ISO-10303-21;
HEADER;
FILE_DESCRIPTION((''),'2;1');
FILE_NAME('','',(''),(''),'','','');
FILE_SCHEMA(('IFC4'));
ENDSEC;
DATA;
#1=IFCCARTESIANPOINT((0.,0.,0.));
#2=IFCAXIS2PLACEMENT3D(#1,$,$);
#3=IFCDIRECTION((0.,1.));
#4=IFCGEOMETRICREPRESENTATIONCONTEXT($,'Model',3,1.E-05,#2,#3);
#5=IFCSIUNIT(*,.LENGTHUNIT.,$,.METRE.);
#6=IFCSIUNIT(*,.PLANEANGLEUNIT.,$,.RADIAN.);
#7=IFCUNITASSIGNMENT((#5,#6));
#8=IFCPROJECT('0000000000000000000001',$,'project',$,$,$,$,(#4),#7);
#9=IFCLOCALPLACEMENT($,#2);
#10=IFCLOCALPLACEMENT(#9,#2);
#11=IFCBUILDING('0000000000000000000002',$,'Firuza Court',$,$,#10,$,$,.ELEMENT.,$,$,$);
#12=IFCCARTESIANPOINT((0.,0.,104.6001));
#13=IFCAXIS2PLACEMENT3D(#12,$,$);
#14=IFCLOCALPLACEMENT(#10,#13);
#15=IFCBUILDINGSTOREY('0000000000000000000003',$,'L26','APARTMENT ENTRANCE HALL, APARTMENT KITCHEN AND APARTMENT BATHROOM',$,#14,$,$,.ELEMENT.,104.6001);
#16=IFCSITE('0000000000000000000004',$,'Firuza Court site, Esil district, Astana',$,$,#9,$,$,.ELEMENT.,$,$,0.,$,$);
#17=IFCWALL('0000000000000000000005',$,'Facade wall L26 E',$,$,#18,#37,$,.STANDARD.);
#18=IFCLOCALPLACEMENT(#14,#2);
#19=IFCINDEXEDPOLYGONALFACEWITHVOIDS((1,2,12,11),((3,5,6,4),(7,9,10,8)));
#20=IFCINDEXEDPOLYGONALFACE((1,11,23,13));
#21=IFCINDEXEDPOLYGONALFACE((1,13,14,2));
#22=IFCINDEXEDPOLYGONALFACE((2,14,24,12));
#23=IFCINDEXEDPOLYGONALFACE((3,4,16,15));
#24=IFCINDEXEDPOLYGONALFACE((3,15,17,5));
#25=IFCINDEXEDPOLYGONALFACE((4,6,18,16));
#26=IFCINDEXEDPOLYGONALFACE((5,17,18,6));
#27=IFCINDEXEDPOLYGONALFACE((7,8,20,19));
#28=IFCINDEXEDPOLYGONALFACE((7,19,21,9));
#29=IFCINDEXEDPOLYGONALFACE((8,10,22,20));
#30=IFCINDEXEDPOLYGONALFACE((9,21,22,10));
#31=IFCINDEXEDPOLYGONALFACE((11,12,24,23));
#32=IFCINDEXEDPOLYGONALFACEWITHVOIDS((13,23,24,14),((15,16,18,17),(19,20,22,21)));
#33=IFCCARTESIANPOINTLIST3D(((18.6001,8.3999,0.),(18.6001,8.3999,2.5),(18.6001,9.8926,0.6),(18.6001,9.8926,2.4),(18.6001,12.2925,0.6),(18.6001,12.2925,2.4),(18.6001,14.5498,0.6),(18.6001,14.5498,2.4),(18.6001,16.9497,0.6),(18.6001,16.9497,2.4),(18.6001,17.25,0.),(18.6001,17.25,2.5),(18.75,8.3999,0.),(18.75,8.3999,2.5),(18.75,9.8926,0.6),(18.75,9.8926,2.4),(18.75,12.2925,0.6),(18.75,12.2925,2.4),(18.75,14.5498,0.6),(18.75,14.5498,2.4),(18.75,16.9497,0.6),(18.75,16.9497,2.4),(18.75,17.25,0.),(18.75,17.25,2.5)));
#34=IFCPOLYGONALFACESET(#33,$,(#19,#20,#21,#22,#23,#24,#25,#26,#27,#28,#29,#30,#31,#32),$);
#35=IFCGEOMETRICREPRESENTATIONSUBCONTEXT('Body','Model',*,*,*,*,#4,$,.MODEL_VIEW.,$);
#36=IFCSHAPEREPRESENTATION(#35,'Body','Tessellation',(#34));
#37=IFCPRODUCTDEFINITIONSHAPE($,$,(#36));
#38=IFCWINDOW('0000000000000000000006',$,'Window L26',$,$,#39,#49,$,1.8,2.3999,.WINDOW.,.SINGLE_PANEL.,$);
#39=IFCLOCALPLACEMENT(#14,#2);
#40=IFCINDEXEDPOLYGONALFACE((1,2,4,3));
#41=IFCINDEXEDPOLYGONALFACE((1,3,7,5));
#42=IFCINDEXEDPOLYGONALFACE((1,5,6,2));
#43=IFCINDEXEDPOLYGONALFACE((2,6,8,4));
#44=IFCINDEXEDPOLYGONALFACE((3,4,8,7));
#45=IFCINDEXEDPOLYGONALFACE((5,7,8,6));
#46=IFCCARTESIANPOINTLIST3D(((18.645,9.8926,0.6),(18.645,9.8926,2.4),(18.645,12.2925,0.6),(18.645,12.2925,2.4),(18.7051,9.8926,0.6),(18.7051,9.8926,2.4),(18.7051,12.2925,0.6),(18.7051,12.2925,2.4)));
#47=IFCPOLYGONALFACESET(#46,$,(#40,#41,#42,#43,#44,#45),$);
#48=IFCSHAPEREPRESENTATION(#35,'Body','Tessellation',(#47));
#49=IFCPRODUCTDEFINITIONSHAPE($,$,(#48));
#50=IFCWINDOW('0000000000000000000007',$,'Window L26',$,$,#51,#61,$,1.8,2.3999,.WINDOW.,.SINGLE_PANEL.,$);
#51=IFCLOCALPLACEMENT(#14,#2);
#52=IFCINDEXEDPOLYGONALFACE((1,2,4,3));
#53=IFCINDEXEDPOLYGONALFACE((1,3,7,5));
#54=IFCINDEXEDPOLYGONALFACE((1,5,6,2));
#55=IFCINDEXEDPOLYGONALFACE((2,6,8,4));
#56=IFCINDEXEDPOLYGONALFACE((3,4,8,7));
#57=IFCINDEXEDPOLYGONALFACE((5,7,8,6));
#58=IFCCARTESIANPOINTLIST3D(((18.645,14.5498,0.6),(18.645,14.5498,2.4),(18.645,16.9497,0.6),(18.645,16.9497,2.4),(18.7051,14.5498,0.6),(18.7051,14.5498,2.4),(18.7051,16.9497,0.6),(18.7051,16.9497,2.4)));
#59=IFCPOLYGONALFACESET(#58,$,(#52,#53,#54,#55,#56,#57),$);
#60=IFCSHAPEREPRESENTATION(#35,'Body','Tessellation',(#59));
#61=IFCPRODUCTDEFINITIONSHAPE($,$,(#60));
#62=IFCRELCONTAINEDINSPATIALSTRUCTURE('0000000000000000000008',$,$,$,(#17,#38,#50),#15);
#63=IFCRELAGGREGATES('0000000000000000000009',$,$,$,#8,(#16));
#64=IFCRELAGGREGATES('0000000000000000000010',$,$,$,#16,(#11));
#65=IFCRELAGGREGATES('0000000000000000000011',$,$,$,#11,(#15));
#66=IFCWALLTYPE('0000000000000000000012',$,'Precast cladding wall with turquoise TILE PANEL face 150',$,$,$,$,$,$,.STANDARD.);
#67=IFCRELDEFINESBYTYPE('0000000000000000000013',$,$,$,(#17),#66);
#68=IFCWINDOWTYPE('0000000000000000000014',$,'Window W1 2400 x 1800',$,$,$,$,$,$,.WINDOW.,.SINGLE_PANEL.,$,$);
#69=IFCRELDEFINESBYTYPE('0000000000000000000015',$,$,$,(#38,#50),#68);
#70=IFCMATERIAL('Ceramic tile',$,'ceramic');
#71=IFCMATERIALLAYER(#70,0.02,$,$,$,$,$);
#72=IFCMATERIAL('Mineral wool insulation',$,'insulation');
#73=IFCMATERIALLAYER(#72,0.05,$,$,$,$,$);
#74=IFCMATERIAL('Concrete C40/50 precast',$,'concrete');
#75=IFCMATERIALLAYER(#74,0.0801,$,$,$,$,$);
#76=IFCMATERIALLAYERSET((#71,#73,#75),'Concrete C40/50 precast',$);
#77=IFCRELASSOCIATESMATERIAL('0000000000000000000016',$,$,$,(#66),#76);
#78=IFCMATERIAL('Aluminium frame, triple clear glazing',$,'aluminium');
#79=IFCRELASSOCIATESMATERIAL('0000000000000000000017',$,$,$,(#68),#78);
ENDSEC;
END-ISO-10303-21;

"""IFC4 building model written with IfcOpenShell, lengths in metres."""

from ifc_helpers import new_model, si_unit, direction, frame, frame_2d, origin, place, context, subcontext, project, spatial, rectangle, extrude, material, layer, layer_set, type_object, element, fill, save


model = new_model("IFC4")

# Units and contexts
model_context = context("Model", 3, precision=1e-05, world=origin(), true_north=direction((0.0, 1.0)))
body_context = subcontext(model_context, "Body", "Model", "MODEL_VIEW")
ifc_project = project(units=[si_unit("LENGTHUNIT", "METRE"), si_unit("PLANEANGLEUNIT", "RADIAN")], contexts=[model_context])

# Site, building, storey
site_placement = place(None, origin())
site = spatial("IfcSite", under=ifc_project, at=site_placement, Name="Firuza Court site, Esil district, Astana", CompositionType="ELEMENT", RefElevation=0.0)
building_placement = place(site_placement, origin())
building = spatial("IfcBuilding", under=site, at=building_placement, Name="Firuza Court", CompositionType="ELEMENT")
storey_placement = place(building_placement, frame((0.0, 0.0, 104.6001)))
storey = spatial("IfcBuildingStorey", under=building, at=storey_placement, Name="L26", Description="APARTMENT ENTRANCE HALL, APARTMENT KITCHEN AND APARTMENT BATHROOM", CompositionType="ELEMENT", Elevation=104.6001)

# Shared definitions
ifc_material_1 = material(Name="Ceramic tile", Category="ceramic")
ifc_layer_1 = layer(ifc_material_1, 0.02)
ifc_material_2 = material(Name="Mineral wool insulation", Category="insulation")
ifc_layer_2 = layer(ifc_material_2, 0.05)
ifc_material_3 = material(Name="Concrete C40/50 precast", Category="concrete")
ifc_layer_3 = layer(ifc_material_3, 0.0801)
ifc_layer_set_1 = layer_set([ifc_layer_1, ifc_layer_2, ifc_layer_3], Name="Concrete C40/50 precast")
wall_type_1 = type_object("IfcWallType", Name="Precast cladding wall with turquoise TILE PANEL face 150", PredefinedType="STANDARD", material=ifc_layer_set_1)

# Shared definitions
ifc_material_4 = material(Name="Aluminium frame, triple clear glazing", Category="aluminium")
window_type = type_object("IfcWindowType", Name="Window W1 2400 x 1800", PartitioningType="SINGLE_PANEL", PredefinedType="WINDOW", material=ifc_material_4)

# Wall, openings, windows
wall_1_placement = place(storey_placement, frame((18.675, 8.3999, 0.0), z_axis=(0.0, 0.0, 1.0), x_axis=(0.0, 1.0, 0.0)))
wall_1 = element("IfcWall", 1, at=wall_1_placement, inside=storey, type_object=wall_type_1, Name="Facade wall L26 E", PredefinedType="STANDARD", context=body_context, shape_type="SweptSolid", body=[
    extrude(rectangle(XDim=8.8501, YDim=0.1499, at=frame_2d((4.425, 0.0))), origin(), (0.0, 0.0, 1.0), 2.5),
])
opening_1_placement = place(wall_1_placement, frame((1.4927, 0.0, 0.6001)))
opening_1 = element("IfcOpeningElement", 2, at=opening_1_placement, cuts=wall_1, PredefinedType="OPENING", context=body_context, shape_type="SweptSolid", body=[
    extrude(rectangle(XDim=2.3999, YDim=1.8, at=frame_2d((1.2, 0.8999))), frame((0.0, 0.0869, 0.0), z_axis=(0.0, -1.0, 0.0), x_axis=(1.0, 0.0, 0.0)), (0.0, 0.0, 1.0), 0.1738),
])
opening_2_placement = place(wall_1_placement, frame((6.1499, 0.0, 0.6001)))
opening_2 = element("IfcOpeningElement", 3, at=opening_2_placement, cuts=wall_1, PredefinedType="OPENING", context=body_context, shape_type="SweptSolid", body=[
    extrude(rectangle(XDim=2.3999, YDim=1.8, at=frame_2d((1.2, 0.8999))), frame((0.0, 0.0869, 0.0), z_axis=(0.0, -1.0, 0.0), x_axis=(1.0, 0.0, 0.0)), (0.0, 0.0, 1.0), 0.1738),
])
window_1_placement = place(opening_1_placement, origin())
window_1 = element("IfcWindow", 4, at=window_1_placement, inside=storey, type_object=window_type, Name="Window L26", OverallHeight=1.8, OverallWidth=2.3999, PartitioningType="SINGLE_PANEL", PredefinedType="WINDOW", context=body_context, shape_type="SweptSolid", body=[
    extrude(rectangle(XDim=2.3999, YDim=1.8, at=frame_2d((1.2, 0.8999))), frame((0.0, 0.03, 0.0), z_axis=(0.0, -1.0, 0.0), x_axis=(1.0, 0.0, 0.0)), (0.0, 0.0, 1.0), 0.0601),
])
fill(opening_1, window_1)
window_2_placement = place(opening_2_placement, origin())
window_2 = element("IfcWindow", 5, at=window_2_placement, inside=storey, type_object=window_type, Name="Window L26", OverallHeight=1.8, OverallWidth=2.3999, PartitioningType="SINGLE_PANEL", PredefinedType="WINDOW", context=body_context, shape_type="SweptSolid", body=[
    extrude(rectangle(XDim=2.3999, YDim=1.8, at=frame_2d((1.2, 0.8999))), frame((0.0, 0.03, 0.0), z_axis=(0.0, -1.0, 0.0), x_axis=(1.0, 0.0, 0.0)), (0.0, 0.0, 1.0), 0.0601),
])
fill(opening_2, window_2)

save(model, "model.ifc")
